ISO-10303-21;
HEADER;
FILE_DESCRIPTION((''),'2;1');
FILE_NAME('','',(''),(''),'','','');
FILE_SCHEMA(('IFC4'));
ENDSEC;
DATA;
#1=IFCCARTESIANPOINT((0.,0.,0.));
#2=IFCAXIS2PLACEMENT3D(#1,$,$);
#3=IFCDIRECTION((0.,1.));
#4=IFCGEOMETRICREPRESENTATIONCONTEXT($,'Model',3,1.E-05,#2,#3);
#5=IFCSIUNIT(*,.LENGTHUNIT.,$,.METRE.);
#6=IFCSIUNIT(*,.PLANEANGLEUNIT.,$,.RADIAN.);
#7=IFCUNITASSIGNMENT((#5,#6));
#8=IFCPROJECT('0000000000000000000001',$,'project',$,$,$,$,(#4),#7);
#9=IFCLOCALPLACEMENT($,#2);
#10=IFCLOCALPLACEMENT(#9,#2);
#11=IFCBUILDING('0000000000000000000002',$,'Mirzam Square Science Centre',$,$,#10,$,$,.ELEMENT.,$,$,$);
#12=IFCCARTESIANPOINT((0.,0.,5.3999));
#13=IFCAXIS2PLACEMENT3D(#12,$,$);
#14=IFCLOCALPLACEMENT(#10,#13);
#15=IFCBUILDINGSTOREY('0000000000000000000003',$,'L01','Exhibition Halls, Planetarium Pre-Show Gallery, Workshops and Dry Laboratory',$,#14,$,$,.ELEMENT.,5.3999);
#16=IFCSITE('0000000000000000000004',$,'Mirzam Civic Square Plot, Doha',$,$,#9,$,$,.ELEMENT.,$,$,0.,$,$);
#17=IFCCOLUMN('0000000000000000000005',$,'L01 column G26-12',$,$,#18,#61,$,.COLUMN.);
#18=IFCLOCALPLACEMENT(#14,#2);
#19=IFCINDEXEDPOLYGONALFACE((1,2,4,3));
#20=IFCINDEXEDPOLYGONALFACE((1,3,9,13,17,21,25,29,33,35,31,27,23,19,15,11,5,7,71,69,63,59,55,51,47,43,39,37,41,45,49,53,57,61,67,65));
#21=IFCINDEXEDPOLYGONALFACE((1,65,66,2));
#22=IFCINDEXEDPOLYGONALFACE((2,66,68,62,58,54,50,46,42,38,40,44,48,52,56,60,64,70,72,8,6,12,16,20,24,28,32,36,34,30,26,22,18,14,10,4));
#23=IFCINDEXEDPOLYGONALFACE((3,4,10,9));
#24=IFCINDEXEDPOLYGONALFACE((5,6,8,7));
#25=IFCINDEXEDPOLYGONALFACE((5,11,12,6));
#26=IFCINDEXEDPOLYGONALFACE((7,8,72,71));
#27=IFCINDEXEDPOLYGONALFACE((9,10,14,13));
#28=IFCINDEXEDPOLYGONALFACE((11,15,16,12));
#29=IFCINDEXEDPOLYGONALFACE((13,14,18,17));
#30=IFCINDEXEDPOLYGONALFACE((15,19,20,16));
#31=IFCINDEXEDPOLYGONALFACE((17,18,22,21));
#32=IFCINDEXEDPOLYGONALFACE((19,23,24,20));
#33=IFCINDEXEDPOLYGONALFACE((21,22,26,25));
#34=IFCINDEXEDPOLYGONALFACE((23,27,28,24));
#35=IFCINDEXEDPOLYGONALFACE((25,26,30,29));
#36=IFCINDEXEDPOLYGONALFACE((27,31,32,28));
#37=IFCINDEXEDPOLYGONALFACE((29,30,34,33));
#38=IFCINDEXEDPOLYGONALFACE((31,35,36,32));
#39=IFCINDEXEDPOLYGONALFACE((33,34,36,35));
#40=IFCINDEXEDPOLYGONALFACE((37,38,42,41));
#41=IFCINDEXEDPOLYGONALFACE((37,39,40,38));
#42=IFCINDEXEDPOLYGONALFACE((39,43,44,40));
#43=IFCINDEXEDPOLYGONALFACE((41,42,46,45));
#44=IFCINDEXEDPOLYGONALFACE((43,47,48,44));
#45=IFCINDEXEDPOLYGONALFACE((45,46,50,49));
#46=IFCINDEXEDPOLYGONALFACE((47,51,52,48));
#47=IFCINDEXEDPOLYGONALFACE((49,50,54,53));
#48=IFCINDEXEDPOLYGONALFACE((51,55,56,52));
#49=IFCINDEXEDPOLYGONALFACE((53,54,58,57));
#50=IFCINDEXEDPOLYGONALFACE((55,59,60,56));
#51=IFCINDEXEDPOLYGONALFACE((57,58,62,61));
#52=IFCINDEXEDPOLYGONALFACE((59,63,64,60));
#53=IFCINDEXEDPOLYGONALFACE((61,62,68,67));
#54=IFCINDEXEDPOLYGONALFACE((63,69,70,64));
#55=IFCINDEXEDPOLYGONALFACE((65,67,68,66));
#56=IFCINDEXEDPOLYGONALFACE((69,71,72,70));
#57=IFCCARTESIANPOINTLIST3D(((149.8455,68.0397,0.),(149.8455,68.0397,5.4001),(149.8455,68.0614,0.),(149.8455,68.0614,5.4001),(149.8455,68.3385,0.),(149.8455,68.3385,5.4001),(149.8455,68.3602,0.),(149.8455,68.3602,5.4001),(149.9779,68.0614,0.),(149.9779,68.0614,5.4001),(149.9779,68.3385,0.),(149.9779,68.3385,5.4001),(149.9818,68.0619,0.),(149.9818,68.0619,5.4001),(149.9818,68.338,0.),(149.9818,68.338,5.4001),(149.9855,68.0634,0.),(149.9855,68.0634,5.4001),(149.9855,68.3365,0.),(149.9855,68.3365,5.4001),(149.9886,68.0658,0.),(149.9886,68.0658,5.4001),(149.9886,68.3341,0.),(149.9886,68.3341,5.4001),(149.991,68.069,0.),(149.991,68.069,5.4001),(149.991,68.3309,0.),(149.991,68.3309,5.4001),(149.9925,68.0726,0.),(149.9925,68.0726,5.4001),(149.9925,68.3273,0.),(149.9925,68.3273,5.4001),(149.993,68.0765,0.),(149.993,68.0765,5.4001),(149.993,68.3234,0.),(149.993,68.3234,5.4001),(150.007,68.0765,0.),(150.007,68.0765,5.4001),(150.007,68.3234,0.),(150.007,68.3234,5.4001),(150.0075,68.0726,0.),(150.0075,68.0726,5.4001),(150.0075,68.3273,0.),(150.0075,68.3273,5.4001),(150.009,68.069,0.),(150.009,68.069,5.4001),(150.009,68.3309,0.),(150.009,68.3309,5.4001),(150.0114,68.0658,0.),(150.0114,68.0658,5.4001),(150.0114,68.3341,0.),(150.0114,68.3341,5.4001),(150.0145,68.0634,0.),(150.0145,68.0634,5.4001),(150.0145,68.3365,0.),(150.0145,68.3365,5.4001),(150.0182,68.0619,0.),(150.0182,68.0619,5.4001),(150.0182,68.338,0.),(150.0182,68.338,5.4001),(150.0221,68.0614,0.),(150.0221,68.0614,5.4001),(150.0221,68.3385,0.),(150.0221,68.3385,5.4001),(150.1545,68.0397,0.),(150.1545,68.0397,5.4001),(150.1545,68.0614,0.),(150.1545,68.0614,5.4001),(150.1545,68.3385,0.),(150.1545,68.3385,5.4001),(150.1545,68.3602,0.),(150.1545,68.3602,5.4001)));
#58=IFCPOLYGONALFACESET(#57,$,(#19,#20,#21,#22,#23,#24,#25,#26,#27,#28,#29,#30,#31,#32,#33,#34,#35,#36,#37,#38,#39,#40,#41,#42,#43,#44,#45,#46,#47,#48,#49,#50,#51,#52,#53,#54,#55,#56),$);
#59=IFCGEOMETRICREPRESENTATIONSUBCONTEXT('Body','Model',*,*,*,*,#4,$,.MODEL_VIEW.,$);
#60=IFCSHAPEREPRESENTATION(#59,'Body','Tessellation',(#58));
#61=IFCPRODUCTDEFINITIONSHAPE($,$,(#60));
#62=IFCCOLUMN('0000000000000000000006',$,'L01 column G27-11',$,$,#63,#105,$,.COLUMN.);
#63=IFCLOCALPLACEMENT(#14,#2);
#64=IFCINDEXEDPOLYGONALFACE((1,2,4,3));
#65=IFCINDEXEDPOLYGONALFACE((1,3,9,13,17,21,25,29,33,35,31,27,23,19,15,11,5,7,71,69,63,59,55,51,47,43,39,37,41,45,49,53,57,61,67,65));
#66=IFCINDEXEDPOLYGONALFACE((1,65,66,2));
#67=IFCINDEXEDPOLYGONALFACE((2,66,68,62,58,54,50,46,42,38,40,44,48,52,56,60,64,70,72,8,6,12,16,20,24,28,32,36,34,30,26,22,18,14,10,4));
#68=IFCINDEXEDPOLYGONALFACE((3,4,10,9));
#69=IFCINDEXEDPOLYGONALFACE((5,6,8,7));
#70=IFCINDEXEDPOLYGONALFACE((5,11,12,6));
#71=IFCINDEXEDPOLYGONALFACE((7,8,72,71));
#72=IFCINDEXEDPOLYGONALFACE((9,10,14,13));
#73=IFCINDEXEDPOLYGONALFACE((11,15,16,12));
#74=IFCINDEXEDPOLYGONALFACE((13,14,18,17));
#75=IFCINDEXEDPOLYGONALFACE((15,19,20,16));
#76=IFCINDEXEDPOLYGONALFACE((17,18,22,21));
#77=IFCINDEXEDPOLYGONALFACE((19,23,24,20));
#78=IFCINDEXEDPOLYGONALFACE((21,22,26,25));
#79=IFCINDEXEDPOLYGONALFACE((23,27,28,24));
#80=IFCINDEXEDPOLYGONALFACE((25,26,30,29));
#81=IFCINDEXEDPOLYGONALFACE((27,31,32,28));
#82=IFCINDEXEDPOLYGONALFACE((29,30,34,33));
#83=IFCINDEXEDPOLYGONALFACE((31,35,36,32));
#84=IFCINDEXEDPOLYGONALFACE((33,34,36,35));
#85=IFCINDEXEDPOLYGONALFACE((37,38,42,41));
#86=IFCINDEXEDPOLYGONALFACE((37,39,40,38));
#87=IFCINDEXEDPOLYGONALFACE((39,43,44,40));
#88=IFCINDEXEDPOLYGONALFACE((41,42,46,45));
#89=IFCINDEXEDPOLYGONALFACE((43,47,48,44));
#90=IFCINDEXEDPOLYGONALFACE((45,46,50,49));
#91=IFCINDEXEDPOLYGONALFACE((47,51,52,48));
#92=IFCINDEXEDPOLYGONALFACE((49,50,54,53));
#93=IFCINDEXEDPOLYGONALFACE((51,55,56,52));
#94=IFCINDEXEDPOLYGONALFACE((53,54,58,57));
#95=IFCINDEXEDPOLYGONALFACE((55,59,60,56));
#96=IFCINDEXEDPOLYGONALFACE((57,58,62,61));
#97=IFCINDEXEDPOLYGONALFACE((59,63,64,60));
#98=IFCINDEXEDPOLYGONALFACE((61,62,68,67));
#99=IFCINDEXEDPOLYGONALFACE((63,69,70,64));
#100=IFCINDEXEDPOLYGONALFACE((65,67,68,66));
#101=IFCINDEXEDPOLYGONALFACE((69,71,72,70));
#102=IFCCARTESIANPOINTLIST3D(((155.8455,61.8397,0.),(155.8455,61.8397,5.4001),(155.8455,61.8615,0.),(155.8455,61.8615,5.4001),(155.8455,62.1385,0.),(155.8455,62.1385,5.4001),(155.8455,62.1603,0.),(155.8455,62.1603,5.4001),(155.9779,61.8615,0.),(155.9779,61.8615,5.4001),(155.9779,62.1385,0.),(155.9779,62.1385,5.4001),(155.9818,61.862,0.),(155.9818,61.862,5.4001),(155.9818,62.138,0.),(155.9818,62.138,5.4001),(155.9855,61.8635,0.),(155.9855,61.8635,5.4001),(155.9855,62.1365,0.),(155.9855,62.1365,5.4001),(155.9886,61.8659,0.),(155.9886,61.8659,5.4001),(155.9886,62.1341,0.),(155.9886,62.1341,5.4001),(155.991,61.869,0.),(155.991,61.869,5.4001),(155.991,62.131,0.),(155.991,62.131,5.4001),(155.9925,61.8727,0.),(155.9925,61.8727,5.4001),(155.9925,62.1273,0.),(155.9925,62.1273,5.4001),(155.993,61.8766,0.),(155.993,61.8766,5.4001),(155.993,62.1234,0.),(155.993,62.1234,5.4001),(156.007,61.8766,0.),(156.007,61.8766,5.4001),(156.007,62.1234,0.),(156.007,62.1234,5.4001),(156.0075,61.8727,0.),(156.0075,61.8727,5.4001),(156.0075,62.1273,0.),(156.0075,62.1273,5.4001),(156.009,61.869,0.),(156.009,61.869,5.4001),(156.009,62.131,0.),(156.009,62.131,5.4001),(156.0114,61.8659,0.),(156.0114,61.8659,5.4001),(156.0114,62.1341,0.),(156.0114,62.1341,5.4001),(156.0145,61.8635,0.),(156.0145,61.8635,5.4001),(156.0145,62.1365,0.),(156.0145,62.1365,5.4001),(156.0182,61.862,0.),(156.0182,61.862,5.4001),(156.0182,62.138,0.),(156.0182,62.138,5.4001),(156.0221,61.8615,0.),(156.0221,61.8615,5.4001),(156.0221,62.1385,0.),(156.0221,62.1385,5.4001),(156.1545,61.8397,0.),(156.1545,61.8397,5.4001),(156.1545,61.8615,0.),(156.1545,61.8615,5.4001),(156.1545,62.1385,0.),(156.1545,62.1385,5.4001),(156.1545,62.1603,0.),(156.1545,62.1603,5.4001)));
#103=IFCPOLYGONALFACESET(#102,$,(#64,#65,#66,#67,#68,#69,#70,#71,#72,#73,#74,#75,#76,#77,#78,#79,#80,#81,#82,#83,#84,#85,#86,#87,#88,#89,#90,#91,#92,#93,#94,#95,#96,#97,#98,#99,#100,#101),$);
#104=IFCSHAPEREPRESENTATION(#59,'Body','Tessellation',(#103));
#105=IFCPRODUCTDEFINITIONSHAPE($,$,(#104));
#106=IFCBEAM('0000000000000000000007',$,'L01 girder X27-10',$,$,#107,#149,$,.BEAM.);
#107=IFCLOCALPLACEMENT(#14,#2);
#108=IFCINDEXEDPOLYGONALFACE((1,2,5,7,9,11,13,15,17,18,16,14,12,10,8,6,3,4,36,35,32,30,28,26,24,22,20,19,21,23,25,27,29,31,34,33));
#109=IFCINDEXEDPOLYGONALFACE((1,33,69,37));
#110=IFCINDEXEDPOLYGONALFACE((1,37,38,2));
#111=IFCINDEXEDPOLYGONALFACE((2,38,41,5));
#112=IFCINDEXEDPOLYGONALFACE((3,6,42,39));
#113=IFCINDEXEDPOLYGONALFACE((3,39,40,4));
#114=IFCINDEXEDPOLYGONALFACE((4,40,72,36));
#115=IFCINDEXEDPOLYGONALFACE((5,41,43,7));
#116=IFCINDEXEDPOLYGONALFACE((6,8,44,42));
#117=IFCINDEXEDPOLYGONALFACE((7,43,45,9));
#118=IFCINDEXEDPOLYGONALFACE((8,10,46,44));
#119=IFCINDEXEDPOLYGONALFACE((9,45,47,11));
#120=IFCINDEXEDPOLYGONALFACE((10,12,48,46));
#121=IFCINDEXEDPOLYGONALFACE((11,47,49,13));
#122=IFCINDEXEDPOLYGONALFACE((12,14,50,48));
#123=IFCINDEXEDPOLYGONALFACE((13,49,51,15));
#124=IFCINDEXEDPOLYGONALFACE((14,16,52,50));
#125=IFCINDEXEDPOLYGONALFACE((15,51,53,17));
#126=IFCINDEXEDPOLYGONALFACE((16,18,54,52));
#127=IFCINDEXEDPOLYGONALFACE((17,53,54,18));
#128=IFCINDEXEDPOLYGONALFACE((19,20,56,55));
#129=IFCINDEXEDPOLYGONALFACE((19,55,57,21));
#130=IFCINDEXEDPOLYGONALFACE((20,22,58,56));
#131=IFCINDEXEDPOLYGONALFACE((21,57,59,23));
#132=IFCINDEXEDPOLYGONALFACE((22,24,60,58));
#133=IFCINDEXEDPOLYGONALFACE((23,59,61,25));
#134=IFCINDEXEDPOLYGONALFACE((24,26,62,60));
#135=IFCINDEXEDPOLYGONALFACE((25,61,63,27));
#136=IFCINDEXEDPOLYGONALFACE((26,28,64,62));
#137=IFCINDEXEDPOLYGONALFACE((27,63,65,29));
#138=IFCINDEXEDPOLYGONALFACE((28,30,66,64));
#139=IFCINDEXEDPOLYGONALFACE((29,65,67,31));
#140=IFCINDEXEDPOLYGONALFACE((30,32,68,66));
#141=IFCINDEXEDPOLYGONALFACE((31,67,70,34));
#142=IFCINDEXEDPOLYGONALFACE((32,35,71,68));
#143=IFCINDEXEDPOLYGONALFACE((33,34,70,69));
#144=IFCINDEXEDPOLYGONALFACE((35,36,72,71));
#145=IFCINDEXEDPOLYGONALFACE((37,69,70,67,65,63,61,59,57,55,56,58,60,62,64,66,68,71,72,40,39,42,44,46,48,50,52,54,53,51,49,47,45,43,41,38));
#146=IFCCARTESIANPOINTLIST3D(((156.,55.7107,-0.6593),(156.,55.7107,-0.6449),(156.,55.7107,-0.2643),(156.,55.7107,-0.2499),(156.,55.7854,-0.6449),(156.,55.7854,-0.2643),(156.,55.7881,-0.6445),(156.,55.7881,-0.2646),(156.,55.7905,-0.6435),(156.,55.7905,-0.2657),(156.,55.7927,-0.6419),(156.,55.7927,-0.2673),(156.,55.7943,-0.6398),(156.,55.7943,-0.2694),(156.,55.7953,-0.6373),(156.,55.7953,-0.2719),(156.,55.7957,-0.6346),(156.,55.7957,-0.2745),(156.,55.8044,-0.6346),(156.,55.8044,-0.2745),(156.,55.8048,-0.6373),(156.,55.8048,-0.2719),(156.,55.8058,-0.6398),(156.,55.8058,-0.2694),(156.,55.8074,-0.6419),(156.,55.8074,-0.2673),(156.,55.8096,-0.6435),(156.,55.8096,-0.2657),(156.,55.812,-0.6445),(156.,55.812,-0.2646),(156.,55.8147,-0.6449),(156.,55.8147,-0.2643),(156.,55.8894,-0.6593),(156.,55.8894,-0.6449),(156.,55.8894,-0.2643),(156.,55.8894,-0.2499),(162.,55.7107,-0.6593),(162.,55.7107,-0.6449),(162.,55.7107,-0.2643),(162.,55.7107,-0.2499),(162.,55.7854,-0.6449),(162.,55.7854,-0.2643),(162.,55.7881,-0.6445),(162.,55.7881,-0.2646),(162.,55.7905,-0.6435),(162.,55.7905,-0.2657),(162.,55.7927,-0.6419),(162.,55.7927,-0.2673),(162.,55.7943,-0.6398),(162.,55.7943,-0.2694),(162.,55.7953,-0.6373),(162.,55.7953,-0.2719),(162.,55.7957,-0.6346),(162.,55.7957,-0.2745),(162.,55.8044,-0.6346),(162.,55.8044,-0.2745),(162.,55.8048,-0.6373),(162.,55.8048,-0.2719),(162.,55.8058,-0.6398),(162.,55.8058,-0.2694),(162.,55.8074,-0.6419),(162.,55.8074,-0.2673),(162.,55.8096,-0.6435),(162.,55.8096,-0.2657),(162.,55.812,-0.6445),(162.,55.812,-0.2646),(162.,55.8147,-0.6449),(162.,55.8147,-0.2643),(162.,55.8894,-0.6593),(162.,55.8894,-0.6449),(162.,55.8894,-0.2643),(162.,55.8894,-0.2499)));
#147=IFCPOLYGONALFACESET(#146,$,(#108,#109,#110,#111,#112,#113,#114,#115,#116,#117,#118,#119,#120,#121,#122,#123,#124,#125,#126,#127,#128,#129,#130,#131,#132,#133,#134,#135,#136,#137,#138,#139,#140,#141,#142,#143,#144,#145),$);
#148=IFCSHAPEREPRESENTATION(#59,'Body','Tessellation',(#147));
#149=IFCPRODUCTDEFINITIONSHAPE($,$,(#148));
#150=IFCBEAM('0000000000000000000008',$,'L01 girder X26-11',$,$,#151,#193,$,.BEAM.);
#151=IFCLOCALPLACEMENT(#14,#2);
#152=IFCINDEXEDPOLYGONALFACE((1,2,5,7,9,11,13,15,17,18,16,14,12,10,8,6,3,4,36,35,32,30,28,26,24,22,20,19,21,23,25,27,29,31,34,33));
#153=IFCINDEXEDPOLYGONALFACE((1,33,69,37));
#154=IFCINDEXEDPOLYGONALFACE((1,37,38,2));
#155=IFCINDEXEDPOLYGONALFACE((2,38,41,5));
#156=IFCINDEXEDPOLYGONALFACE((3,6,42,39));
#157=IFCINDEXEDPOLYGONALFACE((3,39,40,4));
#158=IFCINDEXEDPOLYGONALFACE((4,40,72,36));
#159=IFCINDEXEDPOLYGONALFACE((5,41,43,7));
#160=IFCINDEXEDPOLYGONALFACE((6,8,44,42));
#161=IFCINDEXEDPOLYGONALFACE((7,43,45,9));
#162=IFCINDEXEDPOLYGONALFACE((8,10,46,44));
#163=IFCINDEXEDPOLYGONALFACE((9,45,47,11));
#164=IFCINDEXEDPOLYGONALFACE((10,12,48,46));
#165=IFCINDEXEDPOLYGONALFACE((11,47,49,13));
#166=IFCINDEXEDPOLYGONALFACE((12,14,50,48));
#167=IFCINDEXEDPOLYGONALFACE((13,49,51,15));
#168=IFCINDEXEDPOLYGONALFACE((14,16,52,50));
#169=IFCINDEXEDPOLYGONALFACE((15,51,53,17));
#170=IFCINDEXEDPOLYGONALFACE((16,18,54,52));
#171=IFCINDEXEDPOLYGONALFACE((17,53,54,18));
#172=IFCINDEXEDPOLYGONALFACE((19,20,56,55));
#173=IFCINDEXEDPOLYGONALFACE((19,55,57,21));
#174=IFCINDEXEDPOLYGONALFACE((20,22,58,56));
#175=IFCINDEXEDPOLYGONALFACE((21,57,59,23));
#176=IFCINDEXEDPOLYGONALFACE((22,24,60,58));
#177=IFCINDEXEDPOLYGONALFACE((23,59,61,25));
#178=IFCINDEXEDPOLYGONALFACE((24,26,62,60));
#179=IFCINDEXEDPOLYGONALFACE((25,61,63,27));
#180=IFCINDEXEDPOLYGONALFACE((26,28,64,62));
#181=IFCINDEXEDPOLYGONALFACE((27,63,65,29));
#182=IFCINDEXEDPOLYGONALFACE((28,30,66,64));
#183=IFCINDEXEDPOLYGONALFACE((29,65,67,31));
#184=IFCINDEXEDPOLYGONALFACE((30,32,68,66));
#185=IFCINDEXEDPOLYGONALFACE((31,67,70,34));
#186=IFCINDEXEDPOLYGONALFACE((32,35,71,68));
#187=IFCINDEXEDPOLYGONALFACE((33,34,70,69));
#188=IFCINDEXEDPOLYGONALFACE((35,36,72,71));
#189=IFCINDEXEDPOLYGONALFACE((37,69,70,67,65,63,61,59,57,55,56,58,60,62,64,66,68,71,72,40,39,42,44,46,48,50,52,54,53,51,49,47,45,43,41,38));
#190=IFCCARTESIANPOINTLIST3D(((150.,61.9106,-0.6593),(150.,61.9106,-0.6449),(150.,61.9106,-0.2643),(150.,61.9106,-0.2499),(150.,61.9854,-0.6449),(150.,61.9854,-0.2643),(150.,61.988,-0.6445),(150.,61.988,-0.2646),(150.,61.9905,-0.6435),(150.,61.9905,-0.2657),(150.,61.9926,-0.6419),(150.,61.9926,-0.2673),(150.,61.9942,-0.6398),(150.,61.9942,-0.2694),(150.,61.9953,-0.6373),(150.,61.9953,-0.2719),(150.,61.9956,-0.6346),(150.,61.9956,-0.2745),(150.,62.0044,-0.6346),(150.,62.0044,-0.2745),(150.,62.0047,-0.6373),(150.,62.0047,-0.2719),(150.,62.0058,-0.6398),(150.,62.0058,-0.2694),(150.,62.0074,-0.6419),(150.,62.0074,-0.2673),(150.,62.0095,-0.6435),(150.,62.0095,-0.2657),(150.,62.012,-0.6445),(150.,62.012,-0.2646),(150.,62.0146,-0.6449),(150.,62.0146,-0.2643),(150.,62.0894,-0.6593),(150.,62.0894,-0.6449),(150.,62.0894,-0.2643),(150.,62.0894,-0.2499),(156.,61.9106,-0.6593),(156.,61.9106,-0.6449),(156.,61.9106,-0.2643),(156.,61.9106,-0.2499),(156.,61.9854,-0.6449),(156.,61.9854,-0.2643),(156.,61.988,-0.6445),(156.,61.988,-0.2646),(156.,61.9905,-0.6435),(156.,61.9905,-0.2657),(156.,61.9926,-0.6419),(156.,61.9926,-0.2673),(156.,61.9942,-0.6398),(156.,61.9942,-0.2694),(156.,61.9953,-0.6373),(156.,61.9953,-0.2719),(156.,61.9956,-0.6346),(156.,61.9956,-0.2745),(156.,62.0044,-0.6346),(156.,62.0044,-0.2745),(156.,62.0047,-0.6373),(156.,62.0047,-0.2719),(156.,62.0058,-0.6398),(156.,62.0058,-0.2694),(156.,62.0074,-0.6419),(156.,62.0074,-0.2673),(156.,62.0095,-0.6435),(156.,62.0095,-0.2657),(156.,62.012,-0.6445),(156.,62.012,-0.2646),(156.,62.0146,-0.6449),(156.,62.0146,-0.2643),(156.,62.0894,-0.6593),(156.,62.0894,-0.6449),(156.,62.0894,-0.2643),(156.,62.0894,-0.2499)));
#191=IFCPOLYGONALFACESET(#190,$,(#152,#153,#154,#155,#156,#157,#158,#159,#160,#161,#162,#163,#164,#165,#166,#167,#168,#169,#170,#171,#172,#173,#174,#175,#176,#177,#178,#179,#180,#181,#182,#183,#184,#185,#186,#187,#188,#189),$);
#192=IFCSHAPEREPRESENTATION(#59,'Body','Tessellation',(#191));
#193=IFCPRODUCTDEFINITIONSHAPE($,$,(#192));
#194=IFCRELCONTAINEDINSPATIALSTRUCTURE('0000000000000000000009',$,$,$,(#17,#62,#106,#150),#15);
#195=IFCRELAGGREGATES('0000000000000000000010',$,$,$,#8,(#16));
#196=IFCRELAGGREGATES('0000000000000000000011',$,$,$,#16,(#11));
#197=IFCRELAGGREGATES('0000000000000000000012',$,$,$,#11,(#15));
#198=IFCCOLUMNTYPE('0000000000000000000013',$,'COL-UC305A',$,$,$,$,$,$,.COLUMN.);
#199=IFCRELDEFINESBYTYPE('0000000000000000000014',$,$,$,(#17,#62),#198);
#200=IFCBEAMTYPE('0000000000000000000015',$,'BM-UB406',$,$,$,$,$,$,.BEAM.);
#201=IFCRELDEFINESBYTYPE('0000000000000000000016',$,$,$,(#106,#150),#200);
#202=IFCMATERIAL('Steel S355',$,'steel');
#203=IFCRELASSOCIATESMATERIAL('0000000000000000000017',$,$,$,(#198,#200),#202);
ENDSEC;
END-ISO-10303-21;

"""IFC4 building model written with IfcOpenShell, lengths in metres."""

from ifc_helpers import new_model, si_unit, direction, frame, origin, origin_2d, place, context, subcontext, project, spatial, i_section, extrude, material, material_profile, profile_set, type_object, element, save


model = new_model("IFC4")

# Units and contexts
model_context = context("Model", 3, precision=1e-05, world=origin(), true_north=direction((0.0, 1.0)))
body_context = subcontext(model_context, "Body", "Model", "MODEL_VIEW")
ifc_project = project(units=[si_unit("LENGTHUNIT", "METRE"), si_unit("PLANEANGLEUNIT", "RADIAN")], contexts=[model_context])

# Site, building, storey
site_placement = place(None, origin())
site = spatial("IfcSite", under=ifc_project, at=site_placement, Name="Mirzam Civic Square Plot, Doha", CompositionType="ELEMENT", RefElevation=0.0)
building_placement = place(site_placement, origin())
building = spatial("IfcBuilding", under=site, at=building_placement, Name="Mirzam Square Science Centre", CompositionType="ELEMENT")
storey_placement = place(building_placement, frame((0.0, 0.0, 5.3999)))
storey = spatial("IfcBuildingStorey", under=building, at=storey_placement, Name="L01", Description="Exhibition Halls, Planetarium Pre-Show Gallery, Workshops and Dry Laboratory", CompositionType="ELEMENT", Elevation=5.3999)

# Columns
ifc_material_1 = material(Name="Steel S355", Category="steel")
ifc_material_profile_1 = material_profile(ifc_material_1, i_section(OverallWidth=0.3091, OverallDepth=0.3206, WebThickness=0.0139, FlangeThickness=0.0217, FilletRadius=0.0151, at=origin_2d()), Name="305x305x137UC")
ifc_profile_set_1 = profile_set([ifc_material_profile_1], Name="Steel S355")
column_type_1 = type_object("IfcColumnType", Name="COL-UC305A", PredefinedType="COLUMN", material=ifc_profile_set_1)
for number, where, z_axis, x_axis, name in (
    (1, (150.0, 68.2, 0.0), (0.0, 0.0, 1.0), (1.0, 0.0, 0.0), "L01 column G26-12"),
    (2, (156.0, 62.0, 0.0), (0.0, 0.0, 1.0), (1.0, 0.0, 0.0), "L01 column G27-11"),
):
    element("IfcColumn", number, at=place(storey_placement, frame(where, z_axis=z_axis, x_axis=x_axis)), inside=storey, type_object=column_type_1, Name=name, PredefinedType="COLUMN", context=body_context, shape_type="SweptSolid", body=[
        extrude(i_section(OverallWidth=0.3091, OverallDepth=0.3206, WebThickness=0.0139, FlangeThickness=0.0217, FilletRadius=0.0151, at=origin_2d()), origin(), (0.0, 0.0, 1.0), 5.4001),
    ])

# Beams
ifc_material_profile_2 = material_profile(ifc_material_1, i_section(OverallWidth=0.1787, OverallDepth=0.4094, WebThickness=0.0088, FlangeThickness=0.0144, FilletRadius=0.0103, at=origin_2d()), Name="406x178x67UB")
ifc_profile_set_2 = profile_set([ifc_material_profile_2], Name="Steel S355")
beam_type_1 = type_object("IfcBeamType", Name="BM-UB406", PredefinedType="BEAM", material=ifc_profile_set_2)
for number, where, z_axis, x_axis, name in (
    (3, (156.0, 55.8, -0.4546), (1.0, 0.0, 0.0), (0.0, 1.0, 0.0), "L01 girder X27-10"),
    (4, (150.0, 62.0, -0.4546), (1.0, 0.0, 0.0), (0.0, 1.0, 0.0), "L01 girder X26-11"),
):
    element("IfcBeam", number, at=place(storey_placement, frame(where, z_axis=z_axis, x_axis=x_axis)), inside=storey, type_object=beam_type_1, Name=name, PredefinedType="BEAM", context=body_context, shape_type="SweptSolid", body=[
        extrude(i_section(OverallWidth=0.1787, OverallDepth=0.4094, WebThickness=0.0088, FlangeThickness=0.0144, FilletRadius=0.0103, at=origin_2d()), origin(), (0.0, 0.0, 1.0), 6.0),
    ])

save(model, "model.ifc")
